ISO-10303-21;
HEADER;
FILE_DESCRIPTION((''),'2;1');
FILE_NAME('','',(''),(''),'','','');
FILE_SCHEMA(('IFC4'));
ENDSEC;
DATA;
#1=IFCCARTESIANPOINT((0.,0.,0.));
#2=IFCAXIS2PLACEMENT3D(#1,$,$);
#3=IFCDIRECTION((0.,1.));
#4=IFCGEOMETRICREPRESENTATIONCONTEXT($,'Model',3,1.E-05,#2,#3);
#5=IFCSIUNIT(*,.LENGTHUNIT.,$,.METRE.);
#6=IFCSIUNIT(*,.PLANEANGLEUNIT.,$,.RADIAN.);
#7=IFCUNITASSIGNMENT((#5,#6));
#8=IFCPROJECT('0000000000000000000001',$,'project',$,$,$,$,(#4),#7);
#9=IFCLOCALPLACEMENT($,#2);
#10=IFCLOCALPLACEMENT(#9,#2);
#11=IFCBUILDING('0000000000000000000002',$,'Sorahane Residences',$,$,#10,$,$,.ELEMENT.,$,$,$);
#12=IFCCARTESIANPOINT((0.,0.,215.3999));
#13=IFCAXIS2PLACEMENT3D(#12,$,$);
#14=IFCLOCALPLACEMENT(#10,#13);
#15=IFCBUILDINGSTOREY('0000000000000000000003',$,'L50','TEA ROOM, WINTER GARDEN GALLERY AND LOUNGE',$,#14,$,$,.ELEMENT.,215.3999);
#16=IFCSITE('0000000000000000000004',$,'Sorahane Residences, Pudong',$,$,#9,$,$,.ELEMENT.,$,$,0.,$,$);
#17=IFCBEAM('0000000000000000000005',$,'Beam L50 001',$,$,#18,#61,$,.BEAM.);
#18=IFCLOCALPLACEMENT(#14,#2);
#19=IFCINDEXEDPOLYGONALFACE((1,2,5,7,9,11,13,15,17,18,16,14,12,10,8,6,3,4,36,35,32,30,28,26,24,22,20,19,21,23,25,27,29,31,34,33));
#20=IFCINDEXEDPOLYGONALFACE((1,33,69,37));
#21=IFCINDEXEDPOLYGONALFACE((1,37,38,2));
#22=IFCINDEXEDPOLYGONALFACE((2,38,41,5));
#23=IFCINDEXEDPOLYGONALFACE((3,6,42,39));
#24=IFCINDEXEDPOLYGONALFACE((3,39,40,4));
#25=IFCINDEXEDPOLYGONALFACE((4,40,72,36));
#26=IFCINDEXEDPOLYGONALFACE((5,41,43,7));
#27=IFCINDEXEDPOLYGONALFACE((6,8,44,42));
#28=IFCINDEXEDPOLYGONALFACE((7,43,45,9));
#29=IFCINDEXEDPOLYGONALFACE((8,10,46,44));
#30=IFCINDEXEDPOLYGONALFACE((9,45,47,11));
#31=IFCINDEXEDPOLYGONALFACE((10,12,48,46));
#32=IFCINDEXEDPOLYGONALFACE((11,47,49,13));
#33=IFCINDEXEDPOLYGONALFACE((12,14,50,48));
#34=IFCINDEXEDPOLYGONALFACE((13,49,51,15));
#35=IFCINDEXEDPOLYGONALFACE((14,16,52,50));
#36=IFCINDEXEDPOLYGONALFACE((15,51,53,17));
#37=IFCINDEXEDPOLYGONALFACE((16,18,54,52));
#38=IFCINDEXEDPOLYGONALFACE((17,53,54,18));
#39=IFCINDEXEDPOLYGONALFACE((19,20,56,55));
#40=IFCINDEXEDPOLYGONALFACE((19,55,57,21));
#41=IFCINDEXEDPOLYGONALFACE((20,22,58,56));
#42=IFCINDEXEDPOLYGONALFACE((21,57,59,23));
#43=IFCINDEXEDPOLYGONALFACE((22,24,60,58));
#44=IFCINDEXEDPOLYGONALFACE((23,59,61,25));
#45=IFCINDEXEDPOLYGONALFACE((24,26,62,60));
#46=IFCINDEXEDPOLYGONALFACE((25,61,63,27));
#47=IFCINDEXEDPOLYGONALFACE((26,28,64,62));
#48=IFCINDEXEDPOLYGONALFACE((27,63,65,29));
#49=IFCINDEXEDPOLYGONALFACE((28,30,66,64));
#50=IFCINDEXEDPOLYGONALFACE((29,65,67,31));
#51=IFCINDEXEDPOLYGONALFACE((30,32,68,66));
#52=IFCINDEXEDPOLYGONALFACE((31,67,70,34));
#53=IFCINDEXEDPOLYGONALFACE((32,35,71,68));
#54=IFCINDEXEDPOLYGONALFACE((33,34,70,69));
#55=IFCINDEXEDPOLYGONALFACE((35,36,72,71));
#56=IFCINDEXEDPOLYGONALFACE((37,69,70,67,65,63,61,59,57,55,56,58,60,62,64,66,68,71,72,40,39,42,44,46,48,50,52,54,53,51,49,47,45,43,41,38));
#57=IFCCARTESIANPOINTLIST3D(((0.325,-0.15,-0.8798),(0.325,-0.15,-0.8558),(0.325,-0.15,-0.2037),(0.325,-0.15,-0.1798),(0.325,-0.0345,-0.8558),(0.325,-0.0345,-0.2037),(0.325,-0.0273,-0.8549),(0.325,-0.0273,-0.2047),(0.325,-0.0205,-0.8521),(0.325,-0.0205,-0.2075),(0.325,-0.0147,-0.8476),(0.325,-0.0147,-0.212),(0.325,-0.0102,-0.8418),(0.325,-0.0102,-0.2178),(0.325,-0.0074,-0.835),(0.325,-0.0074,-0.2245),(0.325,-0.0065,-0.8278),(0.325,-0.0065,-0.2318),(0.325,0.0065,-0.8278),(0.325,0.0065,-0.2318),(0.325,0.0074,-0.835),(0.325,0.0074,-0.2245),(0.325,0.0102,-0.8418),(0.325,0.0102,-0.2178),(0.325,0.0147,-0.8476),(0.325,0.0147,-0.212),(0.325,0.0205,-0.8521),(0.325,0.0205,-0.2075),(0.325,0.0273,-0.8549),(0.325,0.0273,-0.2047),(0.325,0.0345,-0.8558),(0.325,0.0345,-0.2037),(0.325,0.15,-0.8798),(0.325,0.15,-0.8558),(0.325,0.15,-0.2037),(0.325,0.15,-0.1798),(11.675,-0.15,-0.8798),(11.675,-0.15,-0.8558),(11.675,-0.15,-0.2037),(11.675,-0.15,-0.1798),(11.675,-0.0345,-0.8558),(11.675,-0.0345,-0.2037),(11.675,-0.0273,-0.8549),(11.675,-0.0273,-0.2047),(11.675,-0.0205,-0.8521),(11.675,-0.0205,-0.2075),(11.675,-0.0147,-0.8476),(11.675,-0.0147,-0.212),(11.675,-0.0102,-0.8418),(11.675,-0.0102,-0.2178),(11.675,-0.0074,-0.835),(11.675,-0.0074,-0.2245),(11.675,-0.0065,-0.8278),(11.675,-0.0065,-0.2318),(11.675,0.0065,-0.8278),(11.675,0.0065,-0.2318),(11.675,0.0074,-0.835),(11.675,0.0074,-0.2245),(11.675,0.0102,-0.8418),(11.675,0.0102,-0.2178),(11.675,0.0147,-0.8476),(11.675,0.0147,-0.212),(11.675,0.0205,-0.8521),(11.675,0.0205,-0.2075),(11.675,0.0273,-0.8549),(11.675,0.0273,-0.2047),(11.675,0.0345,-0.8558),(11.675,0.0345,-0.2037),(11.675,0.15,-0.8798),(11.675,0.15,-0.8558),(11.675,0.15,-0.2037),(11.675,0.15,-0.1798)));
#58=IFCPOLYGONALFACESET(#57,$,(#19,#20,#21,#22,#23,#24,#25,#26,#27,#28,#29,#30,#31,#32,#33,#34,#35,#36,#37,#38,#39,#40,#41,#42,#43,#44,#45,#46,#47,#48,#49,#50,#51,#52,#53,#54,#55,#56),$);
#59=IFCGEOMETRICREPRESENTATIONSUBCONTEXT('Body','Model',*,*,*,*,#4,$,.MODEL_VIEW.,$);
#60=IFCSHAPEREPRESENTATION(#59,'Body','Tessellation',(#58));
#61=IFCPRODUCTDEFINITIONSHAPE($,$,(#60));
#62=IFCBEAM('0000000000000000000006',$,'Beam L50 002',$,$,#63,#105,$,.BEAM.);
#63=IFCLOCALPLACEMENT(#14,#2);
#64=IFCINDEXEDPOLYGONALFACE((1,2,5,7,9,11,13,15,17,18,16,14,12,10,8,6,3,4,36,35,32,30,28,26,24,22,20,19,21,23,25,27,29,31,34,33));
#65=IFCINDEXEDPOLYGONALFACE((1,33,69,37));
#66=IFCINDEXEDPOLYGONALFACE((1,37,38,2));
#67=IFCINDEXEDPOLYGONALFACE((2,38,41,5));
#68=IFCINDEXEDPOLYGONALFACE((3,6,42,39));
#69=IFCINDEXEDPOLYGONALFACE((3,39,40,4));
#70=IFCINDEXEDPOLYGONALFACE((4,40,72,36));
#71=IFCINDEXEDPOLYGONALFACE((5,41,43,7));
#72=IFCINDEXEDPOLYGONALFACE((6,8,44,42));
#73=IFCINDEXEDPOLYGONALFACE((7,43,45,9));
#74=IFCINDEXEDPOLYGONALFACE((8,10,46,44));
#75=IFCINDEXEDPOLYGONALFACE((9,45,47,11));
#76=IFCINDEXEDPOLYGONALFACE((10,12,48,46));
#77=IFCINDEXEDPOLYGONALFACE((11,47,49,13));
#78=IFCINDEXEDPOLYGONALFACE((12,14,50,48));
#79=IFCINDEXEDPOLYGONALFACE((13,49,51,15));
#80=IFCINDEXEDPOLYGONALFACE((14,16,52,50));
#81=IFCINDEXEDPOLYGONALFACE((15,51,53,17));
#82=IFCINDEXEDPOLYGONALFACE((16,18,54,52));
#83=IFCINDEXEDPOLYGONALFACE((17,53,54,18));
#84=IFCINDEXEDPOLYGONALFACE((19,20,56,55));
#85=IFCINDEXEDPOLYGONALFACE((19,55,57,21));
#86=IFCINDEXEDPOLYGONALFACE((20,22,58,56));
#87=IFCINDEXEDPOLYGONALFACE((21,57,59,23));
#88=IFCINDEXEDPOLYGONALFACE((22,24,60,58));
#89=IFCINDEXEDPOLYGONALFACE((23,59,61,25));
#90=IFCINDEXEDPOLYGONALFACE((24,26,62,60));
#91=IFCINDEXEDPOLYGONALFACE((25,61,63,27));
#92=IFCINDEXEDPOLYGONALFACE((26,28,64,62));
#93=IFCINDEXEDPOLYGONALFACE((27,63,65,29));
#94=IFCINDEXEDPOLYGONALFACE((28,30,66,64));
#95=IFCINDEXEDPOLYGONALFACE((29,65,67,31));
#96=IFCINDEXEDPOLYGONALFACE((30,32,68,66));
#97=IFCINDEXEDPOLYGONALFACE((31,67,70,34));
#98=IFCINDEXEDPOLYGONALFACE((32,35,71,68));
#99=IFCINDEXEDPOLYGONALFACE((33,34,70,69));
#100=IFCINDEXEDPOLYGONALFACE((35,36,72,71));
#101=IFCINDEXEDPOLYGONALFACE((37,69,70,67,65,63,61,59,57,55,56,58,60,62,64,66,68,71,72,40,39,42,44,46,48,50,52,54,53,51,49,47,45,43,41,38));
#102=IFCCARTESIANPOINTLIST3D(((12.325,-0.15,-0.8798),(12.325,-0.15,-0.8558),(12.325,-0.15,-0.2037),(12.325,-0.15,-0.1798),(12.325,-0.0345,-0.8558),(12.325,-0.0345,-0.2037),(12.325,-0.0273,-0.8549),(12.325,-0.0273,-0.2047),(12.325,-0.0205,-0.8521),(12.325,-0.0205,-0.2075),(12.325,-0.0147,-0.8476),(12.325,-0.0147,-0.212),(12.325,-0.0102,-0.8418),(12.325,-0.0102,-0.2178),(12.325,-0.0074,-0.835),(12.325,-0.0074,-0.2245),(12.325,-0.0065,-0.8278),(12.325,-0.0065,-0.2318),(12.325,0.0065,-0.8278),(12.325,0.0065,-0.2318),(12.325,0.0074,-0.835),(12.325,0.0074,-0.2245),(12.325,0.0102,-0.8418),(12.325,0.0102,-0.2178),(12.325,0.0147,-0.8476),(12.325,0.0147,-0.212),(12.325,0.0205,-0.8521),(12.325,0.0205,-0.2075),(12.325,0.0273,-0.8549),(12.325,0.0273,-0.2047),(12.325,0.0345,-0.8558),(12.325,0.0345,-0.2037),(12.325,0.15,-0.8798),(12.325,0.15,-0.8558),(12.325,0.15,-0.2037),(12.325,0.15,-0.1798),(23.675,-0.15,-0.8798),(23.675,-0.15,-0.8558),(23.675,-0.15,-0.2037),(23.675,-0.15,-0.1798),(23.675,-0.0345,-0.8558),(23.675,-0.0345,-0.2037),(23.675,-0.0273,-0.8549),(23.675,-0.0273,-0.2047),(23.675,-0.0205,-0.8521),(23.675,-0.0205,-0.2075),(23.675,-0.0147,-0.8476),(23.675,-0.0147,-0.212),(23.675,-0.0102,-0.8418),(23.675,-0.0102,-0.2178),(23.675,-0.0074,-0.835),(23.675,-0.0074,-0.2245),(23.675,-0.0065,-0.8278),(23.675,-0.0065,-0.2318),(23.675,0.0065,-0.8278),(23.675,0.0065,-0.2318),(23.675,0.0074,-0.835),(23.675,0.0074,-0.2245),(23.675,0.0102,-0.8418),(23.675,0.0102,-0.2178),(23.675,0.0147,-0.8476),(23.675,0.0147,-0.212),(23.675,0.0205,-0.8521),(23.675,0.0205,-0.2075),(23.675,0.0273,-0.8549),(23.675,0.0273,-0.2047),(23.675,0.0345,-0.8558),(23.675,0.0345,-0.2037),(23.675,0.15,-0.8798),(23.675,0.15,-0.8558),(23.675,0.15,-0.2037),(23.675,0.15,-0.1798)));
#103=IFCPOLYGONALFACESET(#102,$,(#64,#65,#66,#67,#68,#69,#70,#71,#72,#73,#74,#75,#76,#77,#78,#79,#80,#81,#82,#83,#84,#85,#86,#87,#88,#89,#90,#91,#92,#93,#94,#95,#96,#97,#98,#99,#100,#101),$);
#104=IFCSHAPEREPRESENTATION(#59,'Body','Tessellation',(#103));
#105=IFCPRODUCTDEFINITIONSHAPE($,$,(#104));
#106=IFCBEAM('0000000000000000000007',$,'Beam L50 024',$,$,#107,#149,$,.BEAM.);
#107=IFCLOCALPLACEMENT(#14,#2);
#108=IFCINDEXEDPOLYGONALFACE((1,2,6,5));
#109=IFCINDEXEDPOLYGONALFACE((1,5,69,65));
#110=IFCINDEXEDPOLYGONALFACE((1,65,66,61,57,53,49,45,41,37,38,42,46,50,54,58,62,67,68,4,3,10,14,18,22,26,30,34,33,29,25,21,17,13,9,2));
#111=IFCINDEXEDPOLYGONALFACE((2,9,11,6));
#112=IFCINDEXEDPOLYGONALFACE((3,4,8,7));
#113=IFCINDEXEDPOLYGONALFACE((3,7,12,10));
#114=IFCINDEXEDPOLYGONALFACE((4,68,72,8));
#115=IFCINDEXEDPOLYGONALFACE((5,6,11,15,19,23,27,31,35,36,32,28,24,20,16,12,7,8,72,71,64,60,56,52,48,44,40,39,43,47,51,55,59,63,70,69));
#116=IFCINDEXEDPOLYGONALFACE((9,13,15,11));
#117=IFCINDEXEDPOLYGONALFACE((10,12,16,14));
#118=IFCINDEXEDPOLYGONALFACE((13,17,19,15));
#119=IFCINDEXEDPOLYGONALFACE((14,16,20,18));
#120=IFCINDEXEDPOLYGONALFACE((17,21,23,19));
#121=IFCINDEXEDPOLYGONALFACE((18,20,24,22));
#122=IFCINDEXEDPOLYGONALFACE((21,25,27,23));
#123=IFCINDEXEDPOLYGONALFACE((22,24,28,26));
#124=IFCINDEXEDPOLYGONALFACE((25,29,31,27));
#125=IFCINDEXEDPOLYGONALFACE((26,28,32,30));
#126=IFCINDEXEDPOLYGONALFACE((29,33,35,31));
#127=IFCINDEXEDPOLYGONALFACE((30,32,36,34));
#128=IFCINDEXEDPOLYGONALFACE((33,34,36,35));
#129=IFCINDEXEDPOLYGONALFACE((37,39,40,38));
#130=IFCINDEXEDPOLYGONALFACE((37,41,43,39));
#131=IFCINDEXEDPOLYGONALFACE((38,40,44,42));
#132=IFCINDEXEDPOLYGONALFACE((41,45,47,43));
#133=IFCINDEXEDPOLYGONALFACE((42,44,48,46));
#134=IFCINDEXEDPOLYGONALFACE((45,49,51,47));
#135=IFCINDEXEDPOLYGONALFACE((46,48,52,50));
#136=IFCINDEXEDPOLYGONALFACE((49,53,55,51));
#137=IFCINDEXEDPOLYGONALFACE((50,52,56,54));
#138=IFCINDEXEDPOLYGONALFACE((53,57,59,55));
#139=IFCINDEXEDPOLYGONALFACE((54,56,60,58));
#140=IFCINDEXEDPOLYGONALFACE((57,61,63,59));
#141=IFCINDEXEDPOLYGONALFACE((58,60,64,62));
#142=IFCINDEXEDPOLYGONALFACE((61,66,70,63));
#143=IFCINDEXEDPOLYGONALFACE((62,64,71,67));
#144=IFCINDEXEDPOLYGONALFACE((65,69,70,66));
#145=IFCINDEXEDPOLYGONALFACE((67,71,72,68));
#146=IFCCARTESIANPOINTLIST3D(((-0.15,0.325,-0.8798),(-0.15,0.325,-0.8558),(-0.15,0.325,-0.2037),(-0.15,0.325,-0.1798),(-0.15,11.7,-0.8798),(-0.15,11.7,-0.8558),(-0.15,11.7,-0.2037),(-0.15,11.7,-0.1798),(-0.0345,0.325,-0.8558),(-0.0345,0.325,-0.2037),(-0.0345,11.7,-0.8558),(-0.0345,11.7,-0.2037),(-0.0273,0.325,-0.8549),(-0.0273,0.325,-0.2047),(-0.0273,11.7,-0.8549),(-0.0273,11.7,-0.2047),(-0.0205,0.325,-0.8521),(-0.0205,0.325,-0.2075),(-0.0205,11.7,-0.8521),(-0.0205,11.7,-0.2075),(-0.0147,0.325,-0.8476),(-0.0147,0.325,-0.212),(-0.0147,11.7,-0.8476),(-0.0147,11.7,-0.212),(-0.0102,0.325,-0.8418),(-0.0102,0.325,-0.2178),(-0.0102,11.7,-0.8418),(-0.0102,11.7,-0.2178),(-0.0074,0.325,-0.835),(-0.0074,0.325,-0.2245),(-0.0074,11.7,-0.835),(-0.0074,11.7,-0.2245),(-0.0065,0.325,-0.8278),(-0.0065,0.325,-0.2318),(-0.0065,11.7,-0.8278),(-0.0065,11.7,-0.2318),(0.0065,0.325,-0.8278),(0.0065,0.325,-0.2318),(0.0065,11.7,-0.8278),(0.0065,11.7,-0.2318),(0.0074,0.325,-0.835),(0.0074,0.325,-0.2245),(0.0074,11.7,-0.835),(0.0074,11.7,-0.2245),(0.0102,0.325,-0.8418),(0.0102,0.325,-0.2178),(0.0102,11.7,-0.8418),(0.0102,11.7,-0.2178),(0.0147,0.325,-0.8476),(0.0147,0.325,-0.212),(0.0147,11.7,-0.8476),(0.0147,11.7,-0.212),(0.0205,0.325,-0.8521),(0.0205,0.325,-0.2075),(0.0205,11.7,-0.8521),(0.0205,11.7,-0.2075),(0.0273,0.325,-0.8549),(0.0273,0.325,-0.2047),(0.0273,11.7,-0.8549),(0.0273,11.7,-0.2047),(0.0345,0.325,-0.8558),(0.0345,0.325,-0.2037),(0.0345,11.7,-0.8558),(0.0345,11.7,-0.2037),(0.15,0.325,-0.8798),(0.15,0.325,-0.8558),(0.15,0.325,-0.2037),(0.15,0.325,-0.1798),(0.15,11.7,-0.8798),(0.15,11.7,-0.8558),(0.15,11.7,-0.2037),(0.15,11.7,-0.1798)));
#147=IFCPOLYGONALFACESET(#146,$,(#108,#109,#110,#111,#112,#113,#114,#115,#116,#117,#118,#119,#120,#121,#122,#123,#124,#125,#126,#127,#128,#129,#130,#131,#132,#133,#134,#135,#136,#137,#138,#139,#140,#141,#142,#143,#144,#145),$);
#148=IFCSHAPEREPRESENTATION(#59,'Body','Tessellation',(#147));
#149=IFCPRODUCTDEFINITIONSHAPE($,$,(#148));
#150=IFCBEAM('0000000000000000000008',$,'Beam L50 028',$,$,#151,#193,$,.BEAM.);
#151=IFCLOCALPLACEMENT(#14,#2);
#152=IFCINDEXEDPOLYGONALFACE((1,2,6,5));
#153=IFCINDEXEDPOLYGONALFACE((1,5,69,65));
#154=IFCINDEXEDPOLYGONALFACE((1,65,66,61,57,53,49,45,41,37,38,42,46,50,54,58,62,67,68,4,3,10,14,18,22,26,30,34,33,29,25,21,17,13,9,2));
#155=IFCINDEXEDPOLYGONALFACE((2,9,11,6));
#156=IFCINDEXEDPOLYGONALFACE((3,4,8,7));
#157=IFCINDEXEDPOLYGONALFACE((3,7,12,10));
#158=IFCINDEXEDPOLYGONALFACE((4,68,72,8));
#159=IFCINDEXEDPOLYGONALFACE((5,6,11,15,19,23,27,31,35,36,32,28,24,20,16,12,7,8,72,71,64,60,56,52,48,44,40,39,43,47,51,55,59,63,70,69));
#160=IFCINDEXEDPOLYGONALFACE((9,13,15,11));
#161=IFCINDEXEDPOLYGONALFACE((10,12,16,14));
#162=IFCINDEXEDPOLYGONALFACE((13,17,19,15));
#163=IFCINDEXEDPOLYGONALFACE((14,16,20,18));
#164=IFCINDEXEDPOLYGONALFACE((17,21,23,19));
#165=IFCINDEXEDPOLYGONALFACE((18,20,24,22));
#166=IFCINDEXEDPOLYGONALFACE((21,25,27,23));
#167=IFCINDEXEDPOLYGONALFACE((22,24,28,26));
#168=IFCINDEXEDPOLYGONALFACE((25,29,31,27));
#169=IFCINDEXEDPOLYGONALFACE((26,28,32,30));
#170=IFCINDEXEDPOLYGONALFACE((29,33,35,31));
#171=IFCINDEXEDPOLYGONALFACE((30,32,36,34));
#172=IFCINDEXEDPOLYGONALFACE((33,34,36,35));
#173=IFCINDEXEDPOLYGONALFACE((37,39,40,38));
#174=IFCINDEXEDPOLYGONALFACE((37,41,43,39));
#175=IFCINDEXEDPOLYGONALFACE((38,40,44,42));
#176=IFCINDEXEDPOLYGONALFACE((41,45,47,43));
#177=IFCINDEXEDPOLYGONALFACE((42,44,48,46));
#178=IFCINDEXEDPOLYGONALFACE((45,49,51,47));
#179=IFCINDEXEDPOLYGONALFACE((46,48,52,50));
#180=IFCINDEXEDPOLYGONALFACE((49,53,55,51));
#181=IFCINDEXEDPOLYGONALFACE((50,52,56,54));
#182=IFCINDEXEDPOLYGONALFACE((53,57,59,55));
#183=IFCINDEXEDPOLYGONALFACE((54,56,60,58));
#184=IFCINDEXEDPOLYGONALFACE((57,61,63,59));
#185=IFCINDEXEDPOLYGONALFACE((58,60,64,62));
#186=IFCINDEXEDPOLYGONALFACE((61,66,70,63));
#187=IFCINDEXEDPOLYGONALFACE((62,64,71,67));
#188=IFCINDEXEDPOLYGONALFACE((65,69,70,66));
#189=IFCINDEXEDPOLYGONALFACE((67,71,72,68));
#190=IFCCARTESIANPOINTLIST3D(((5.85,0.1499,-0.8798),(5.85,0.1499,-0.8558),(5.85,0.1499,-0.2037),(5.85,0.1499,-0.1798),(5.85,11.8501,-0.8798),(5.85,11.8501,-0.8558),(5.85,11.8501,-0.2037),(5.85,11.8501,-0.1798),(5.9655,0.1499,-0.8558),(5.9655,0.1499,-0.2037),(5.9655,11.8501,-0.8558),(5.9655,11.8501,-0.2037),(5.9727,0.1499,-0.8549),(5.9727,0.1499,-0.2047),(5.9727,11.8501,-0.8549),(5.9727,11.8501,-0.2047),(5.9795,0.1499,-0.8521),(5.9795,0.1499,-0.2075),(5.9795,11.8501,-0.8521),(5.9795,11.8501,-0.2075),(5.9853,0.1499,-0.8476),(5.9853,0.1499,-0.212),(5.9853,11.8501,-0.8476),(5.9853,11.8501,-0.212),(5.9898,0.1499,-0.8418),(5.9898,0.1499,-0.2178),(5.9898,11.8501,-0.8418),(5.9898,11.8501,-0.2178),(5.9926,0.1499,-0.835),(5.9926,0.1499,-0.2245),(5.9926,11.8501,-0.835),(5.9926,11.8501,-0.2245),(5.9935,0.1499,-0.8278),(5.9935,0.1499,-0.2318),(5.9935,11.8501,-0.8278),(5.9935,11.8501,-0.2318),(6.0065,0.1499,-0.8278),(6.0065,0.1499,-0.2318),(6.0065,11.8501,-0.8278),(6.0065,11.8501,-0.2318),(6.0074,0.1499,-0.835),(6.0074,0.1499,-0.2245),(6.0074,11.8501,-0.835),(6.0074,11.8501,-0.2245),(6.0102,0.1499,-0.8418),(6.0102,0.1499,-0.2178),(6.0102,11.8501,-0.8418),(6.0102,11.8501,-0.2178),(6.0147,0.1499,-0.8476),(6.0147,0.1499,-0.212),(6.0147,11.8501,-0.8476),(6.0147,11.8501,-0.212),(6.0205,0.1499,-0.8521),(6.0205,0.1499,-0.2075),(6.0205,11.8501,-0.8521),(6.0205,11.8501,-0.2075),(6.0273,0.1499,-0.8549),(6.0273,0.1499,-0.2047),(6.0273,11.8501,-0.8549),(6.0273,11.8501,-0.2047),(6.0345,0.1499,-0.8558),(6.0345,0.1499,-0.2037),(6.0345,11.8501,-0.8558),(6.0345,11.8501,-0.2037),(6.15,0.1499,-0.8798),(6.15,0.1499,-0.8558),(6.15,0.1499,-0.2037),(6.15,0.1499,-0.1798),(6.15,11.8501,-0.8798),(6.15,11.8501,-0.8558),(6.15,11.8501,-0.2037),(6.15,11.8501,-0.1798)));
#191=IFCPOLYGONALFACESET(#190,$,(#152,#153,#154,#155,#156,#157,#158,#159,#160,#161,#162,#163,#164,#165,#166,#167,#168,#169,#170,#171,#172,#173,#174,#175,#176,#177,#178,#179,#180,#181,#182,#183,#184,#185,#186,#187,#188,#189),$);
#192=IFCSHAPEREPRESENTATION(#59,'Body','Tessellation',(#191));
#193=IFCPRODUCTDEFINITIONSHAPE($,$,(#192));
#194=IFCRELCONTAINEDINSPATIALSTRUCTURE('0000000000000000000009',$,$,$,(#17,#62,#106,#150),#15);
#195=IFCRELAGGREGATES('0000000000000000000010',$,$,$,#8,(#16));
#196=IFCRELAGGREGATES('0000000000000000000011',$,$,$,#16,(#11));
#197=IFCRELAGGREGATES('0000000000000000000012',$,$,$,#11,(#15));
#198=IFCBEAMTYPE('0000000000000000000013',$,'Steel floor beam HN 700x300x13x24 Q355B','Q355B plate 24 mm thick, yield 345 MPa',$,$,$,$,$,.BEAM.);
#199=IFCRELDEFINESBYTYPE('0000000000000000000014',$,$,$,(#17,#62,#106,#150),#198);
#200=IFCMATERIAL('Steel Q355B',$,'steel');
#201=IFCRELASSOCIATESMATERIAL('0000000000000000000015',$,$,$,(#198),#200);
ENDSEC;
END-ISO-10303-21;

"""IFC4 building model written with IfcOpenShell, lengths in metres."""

from ifc_helpers import new_model, si_unit, direction, frame, origin, origin_2d, place, context, subcontext, project, spatial, i_section, extrude, material, material_profile, profile_set, type_object, element, save


model = new_model("IFC4")

# Units and contexts
model_context = context("Model", 3, precision=1e-05, world=origin(), true_north=direction((0.0, 1.0)))
body_context = subcontext(model_context, "Body", "Model", "MODEL_VIEW")
ifc_project = project(units=[si_unit("LENGTHUNIT", "METRE"), si_unit("PLANEANGLEUNIT", "RADIAN")], contexts=[model_context])

# Site, building, storey
site_placement = place(None, origin())
site = spatial("IfcSite", under=ifc_project, at=site_placement, Name="Sorahane Residences, Pudong", CompositionType="ELEMENT", RefElevation=0.0)
building_placement = place(site_placement, origin())
building = spatial("IfcBuilding", under=site, at=building_placement, Name="Sorahane Residences", CompositionType="ELEMENT")
storey_placement = place(building_placement, frame((0.0, 0.0, 215.3999)))
storey = spatial("IfcBuildingStorey", under=building, at=storey_placement, Name="L50", Description="TEA ROOM, WINTER GARDEN GALLERY AND LOUNGE", CompositionType="ELEMENT", Elevation=215.3999)

# Beams
ifc_material_1 = material(Name="Steel Q355B", Category="steel")
ifc_material_profile_1 = material_profile(ifc_material_1, i_section(OverallWidth=0.3, OverallDepth=0.7, WebThickness=0.0129, FlangeThickness=0.0239, FilletRadius=0.0281, at=origin_2d()), Name="HN 700x300x13x24")
ifc_profile_set_1 = profile_set([ifc_material_profile_1], Name="Steel Q355B")
beam_type_1 = type_object("IfcBeamType", Name="Steel floor beam HN 700x300x13x24 Q355B", Description="Q355B plate 24 mm thick, yield 345 MPa", PredefinedType="BEAM", material=ifc_profile_set_1)
for number, where, z_axis, x_axis, name in (
    (1, (0.325, 0.0, -0.5298), (1.0, 0.0, 0.0), (0.0, 1.0, 0.0), "Beam L50 001"),
    (2, (12.325, 0.0, -0.5298), (1.0, 0.0, 0.0), (0.0, 1.0, 0.0), "Beam L50 002"),
):
    element("IfcBeam", number, at=place(storey_placement, frame(where, z_axis=z_axis, x_axis=x_axis)), inside=storey, type_object=beam_type_1, Name=name, PredefinedType="BEAM", context=body_context, shape_type="SweptSolid", body=[
        extrude(i_section(OverallWidth=0.3, OverallDepth=0.7, WebThickness=0.0129, FlangeThickness=0.0239, FilletRadius=0.0281, at=origin_2d()), origin(), (0.0, 0.0, 1.0), 11.3501),
    ])
beam_1_placement = place(storey_placement, frame((0.0, 0.325, -0.5298), z_axis=(0.0, 1.0, 0.0), x_axis=(-1.0, 0.0, 0.0)))
element("IfcBeam", 3, at=beam_1_placement, inside=storey, type_object=beam_type_1, Name="Beam L50 024", PredefinedType="BEAM", context=body_context, shape_type="SweptSolid", body=[
    extrude(i_section(OverallWidth=0.3, OverallDepth=0.7, WebThickness=0.0129, FlangeThickness=0.0239, FilletRadius=0.0281, at=origin_2d()), origin(), (0.0, 0.0, 1.0), 11.375),
])
beam_2_placement = place(storey_placement, frame((6.0, 0.1499, -0.5298), z_axis=(0.0, 1.0, 0.0), x_axis=(-1.0, 0.0, 0.0)))
element("IfcBeam", 4, at=beam_2_placement, inside=storey, type_object=beam_type_1, Name="Beam L50 028", PredefinedType="BEAM", context=body_context, shape_type="SweptSolid", body=[
    extrude(i_section(OverallWidth=0.3, OverallDepth=0.7, WebThickness=0.0129, FlangeThickness=0.0239, FilletRadius=0.0281, at=origin_2d()), origin(), (0.0, 0.0, 1.0), 11.7002),
])

save(model, "model.ifc")
